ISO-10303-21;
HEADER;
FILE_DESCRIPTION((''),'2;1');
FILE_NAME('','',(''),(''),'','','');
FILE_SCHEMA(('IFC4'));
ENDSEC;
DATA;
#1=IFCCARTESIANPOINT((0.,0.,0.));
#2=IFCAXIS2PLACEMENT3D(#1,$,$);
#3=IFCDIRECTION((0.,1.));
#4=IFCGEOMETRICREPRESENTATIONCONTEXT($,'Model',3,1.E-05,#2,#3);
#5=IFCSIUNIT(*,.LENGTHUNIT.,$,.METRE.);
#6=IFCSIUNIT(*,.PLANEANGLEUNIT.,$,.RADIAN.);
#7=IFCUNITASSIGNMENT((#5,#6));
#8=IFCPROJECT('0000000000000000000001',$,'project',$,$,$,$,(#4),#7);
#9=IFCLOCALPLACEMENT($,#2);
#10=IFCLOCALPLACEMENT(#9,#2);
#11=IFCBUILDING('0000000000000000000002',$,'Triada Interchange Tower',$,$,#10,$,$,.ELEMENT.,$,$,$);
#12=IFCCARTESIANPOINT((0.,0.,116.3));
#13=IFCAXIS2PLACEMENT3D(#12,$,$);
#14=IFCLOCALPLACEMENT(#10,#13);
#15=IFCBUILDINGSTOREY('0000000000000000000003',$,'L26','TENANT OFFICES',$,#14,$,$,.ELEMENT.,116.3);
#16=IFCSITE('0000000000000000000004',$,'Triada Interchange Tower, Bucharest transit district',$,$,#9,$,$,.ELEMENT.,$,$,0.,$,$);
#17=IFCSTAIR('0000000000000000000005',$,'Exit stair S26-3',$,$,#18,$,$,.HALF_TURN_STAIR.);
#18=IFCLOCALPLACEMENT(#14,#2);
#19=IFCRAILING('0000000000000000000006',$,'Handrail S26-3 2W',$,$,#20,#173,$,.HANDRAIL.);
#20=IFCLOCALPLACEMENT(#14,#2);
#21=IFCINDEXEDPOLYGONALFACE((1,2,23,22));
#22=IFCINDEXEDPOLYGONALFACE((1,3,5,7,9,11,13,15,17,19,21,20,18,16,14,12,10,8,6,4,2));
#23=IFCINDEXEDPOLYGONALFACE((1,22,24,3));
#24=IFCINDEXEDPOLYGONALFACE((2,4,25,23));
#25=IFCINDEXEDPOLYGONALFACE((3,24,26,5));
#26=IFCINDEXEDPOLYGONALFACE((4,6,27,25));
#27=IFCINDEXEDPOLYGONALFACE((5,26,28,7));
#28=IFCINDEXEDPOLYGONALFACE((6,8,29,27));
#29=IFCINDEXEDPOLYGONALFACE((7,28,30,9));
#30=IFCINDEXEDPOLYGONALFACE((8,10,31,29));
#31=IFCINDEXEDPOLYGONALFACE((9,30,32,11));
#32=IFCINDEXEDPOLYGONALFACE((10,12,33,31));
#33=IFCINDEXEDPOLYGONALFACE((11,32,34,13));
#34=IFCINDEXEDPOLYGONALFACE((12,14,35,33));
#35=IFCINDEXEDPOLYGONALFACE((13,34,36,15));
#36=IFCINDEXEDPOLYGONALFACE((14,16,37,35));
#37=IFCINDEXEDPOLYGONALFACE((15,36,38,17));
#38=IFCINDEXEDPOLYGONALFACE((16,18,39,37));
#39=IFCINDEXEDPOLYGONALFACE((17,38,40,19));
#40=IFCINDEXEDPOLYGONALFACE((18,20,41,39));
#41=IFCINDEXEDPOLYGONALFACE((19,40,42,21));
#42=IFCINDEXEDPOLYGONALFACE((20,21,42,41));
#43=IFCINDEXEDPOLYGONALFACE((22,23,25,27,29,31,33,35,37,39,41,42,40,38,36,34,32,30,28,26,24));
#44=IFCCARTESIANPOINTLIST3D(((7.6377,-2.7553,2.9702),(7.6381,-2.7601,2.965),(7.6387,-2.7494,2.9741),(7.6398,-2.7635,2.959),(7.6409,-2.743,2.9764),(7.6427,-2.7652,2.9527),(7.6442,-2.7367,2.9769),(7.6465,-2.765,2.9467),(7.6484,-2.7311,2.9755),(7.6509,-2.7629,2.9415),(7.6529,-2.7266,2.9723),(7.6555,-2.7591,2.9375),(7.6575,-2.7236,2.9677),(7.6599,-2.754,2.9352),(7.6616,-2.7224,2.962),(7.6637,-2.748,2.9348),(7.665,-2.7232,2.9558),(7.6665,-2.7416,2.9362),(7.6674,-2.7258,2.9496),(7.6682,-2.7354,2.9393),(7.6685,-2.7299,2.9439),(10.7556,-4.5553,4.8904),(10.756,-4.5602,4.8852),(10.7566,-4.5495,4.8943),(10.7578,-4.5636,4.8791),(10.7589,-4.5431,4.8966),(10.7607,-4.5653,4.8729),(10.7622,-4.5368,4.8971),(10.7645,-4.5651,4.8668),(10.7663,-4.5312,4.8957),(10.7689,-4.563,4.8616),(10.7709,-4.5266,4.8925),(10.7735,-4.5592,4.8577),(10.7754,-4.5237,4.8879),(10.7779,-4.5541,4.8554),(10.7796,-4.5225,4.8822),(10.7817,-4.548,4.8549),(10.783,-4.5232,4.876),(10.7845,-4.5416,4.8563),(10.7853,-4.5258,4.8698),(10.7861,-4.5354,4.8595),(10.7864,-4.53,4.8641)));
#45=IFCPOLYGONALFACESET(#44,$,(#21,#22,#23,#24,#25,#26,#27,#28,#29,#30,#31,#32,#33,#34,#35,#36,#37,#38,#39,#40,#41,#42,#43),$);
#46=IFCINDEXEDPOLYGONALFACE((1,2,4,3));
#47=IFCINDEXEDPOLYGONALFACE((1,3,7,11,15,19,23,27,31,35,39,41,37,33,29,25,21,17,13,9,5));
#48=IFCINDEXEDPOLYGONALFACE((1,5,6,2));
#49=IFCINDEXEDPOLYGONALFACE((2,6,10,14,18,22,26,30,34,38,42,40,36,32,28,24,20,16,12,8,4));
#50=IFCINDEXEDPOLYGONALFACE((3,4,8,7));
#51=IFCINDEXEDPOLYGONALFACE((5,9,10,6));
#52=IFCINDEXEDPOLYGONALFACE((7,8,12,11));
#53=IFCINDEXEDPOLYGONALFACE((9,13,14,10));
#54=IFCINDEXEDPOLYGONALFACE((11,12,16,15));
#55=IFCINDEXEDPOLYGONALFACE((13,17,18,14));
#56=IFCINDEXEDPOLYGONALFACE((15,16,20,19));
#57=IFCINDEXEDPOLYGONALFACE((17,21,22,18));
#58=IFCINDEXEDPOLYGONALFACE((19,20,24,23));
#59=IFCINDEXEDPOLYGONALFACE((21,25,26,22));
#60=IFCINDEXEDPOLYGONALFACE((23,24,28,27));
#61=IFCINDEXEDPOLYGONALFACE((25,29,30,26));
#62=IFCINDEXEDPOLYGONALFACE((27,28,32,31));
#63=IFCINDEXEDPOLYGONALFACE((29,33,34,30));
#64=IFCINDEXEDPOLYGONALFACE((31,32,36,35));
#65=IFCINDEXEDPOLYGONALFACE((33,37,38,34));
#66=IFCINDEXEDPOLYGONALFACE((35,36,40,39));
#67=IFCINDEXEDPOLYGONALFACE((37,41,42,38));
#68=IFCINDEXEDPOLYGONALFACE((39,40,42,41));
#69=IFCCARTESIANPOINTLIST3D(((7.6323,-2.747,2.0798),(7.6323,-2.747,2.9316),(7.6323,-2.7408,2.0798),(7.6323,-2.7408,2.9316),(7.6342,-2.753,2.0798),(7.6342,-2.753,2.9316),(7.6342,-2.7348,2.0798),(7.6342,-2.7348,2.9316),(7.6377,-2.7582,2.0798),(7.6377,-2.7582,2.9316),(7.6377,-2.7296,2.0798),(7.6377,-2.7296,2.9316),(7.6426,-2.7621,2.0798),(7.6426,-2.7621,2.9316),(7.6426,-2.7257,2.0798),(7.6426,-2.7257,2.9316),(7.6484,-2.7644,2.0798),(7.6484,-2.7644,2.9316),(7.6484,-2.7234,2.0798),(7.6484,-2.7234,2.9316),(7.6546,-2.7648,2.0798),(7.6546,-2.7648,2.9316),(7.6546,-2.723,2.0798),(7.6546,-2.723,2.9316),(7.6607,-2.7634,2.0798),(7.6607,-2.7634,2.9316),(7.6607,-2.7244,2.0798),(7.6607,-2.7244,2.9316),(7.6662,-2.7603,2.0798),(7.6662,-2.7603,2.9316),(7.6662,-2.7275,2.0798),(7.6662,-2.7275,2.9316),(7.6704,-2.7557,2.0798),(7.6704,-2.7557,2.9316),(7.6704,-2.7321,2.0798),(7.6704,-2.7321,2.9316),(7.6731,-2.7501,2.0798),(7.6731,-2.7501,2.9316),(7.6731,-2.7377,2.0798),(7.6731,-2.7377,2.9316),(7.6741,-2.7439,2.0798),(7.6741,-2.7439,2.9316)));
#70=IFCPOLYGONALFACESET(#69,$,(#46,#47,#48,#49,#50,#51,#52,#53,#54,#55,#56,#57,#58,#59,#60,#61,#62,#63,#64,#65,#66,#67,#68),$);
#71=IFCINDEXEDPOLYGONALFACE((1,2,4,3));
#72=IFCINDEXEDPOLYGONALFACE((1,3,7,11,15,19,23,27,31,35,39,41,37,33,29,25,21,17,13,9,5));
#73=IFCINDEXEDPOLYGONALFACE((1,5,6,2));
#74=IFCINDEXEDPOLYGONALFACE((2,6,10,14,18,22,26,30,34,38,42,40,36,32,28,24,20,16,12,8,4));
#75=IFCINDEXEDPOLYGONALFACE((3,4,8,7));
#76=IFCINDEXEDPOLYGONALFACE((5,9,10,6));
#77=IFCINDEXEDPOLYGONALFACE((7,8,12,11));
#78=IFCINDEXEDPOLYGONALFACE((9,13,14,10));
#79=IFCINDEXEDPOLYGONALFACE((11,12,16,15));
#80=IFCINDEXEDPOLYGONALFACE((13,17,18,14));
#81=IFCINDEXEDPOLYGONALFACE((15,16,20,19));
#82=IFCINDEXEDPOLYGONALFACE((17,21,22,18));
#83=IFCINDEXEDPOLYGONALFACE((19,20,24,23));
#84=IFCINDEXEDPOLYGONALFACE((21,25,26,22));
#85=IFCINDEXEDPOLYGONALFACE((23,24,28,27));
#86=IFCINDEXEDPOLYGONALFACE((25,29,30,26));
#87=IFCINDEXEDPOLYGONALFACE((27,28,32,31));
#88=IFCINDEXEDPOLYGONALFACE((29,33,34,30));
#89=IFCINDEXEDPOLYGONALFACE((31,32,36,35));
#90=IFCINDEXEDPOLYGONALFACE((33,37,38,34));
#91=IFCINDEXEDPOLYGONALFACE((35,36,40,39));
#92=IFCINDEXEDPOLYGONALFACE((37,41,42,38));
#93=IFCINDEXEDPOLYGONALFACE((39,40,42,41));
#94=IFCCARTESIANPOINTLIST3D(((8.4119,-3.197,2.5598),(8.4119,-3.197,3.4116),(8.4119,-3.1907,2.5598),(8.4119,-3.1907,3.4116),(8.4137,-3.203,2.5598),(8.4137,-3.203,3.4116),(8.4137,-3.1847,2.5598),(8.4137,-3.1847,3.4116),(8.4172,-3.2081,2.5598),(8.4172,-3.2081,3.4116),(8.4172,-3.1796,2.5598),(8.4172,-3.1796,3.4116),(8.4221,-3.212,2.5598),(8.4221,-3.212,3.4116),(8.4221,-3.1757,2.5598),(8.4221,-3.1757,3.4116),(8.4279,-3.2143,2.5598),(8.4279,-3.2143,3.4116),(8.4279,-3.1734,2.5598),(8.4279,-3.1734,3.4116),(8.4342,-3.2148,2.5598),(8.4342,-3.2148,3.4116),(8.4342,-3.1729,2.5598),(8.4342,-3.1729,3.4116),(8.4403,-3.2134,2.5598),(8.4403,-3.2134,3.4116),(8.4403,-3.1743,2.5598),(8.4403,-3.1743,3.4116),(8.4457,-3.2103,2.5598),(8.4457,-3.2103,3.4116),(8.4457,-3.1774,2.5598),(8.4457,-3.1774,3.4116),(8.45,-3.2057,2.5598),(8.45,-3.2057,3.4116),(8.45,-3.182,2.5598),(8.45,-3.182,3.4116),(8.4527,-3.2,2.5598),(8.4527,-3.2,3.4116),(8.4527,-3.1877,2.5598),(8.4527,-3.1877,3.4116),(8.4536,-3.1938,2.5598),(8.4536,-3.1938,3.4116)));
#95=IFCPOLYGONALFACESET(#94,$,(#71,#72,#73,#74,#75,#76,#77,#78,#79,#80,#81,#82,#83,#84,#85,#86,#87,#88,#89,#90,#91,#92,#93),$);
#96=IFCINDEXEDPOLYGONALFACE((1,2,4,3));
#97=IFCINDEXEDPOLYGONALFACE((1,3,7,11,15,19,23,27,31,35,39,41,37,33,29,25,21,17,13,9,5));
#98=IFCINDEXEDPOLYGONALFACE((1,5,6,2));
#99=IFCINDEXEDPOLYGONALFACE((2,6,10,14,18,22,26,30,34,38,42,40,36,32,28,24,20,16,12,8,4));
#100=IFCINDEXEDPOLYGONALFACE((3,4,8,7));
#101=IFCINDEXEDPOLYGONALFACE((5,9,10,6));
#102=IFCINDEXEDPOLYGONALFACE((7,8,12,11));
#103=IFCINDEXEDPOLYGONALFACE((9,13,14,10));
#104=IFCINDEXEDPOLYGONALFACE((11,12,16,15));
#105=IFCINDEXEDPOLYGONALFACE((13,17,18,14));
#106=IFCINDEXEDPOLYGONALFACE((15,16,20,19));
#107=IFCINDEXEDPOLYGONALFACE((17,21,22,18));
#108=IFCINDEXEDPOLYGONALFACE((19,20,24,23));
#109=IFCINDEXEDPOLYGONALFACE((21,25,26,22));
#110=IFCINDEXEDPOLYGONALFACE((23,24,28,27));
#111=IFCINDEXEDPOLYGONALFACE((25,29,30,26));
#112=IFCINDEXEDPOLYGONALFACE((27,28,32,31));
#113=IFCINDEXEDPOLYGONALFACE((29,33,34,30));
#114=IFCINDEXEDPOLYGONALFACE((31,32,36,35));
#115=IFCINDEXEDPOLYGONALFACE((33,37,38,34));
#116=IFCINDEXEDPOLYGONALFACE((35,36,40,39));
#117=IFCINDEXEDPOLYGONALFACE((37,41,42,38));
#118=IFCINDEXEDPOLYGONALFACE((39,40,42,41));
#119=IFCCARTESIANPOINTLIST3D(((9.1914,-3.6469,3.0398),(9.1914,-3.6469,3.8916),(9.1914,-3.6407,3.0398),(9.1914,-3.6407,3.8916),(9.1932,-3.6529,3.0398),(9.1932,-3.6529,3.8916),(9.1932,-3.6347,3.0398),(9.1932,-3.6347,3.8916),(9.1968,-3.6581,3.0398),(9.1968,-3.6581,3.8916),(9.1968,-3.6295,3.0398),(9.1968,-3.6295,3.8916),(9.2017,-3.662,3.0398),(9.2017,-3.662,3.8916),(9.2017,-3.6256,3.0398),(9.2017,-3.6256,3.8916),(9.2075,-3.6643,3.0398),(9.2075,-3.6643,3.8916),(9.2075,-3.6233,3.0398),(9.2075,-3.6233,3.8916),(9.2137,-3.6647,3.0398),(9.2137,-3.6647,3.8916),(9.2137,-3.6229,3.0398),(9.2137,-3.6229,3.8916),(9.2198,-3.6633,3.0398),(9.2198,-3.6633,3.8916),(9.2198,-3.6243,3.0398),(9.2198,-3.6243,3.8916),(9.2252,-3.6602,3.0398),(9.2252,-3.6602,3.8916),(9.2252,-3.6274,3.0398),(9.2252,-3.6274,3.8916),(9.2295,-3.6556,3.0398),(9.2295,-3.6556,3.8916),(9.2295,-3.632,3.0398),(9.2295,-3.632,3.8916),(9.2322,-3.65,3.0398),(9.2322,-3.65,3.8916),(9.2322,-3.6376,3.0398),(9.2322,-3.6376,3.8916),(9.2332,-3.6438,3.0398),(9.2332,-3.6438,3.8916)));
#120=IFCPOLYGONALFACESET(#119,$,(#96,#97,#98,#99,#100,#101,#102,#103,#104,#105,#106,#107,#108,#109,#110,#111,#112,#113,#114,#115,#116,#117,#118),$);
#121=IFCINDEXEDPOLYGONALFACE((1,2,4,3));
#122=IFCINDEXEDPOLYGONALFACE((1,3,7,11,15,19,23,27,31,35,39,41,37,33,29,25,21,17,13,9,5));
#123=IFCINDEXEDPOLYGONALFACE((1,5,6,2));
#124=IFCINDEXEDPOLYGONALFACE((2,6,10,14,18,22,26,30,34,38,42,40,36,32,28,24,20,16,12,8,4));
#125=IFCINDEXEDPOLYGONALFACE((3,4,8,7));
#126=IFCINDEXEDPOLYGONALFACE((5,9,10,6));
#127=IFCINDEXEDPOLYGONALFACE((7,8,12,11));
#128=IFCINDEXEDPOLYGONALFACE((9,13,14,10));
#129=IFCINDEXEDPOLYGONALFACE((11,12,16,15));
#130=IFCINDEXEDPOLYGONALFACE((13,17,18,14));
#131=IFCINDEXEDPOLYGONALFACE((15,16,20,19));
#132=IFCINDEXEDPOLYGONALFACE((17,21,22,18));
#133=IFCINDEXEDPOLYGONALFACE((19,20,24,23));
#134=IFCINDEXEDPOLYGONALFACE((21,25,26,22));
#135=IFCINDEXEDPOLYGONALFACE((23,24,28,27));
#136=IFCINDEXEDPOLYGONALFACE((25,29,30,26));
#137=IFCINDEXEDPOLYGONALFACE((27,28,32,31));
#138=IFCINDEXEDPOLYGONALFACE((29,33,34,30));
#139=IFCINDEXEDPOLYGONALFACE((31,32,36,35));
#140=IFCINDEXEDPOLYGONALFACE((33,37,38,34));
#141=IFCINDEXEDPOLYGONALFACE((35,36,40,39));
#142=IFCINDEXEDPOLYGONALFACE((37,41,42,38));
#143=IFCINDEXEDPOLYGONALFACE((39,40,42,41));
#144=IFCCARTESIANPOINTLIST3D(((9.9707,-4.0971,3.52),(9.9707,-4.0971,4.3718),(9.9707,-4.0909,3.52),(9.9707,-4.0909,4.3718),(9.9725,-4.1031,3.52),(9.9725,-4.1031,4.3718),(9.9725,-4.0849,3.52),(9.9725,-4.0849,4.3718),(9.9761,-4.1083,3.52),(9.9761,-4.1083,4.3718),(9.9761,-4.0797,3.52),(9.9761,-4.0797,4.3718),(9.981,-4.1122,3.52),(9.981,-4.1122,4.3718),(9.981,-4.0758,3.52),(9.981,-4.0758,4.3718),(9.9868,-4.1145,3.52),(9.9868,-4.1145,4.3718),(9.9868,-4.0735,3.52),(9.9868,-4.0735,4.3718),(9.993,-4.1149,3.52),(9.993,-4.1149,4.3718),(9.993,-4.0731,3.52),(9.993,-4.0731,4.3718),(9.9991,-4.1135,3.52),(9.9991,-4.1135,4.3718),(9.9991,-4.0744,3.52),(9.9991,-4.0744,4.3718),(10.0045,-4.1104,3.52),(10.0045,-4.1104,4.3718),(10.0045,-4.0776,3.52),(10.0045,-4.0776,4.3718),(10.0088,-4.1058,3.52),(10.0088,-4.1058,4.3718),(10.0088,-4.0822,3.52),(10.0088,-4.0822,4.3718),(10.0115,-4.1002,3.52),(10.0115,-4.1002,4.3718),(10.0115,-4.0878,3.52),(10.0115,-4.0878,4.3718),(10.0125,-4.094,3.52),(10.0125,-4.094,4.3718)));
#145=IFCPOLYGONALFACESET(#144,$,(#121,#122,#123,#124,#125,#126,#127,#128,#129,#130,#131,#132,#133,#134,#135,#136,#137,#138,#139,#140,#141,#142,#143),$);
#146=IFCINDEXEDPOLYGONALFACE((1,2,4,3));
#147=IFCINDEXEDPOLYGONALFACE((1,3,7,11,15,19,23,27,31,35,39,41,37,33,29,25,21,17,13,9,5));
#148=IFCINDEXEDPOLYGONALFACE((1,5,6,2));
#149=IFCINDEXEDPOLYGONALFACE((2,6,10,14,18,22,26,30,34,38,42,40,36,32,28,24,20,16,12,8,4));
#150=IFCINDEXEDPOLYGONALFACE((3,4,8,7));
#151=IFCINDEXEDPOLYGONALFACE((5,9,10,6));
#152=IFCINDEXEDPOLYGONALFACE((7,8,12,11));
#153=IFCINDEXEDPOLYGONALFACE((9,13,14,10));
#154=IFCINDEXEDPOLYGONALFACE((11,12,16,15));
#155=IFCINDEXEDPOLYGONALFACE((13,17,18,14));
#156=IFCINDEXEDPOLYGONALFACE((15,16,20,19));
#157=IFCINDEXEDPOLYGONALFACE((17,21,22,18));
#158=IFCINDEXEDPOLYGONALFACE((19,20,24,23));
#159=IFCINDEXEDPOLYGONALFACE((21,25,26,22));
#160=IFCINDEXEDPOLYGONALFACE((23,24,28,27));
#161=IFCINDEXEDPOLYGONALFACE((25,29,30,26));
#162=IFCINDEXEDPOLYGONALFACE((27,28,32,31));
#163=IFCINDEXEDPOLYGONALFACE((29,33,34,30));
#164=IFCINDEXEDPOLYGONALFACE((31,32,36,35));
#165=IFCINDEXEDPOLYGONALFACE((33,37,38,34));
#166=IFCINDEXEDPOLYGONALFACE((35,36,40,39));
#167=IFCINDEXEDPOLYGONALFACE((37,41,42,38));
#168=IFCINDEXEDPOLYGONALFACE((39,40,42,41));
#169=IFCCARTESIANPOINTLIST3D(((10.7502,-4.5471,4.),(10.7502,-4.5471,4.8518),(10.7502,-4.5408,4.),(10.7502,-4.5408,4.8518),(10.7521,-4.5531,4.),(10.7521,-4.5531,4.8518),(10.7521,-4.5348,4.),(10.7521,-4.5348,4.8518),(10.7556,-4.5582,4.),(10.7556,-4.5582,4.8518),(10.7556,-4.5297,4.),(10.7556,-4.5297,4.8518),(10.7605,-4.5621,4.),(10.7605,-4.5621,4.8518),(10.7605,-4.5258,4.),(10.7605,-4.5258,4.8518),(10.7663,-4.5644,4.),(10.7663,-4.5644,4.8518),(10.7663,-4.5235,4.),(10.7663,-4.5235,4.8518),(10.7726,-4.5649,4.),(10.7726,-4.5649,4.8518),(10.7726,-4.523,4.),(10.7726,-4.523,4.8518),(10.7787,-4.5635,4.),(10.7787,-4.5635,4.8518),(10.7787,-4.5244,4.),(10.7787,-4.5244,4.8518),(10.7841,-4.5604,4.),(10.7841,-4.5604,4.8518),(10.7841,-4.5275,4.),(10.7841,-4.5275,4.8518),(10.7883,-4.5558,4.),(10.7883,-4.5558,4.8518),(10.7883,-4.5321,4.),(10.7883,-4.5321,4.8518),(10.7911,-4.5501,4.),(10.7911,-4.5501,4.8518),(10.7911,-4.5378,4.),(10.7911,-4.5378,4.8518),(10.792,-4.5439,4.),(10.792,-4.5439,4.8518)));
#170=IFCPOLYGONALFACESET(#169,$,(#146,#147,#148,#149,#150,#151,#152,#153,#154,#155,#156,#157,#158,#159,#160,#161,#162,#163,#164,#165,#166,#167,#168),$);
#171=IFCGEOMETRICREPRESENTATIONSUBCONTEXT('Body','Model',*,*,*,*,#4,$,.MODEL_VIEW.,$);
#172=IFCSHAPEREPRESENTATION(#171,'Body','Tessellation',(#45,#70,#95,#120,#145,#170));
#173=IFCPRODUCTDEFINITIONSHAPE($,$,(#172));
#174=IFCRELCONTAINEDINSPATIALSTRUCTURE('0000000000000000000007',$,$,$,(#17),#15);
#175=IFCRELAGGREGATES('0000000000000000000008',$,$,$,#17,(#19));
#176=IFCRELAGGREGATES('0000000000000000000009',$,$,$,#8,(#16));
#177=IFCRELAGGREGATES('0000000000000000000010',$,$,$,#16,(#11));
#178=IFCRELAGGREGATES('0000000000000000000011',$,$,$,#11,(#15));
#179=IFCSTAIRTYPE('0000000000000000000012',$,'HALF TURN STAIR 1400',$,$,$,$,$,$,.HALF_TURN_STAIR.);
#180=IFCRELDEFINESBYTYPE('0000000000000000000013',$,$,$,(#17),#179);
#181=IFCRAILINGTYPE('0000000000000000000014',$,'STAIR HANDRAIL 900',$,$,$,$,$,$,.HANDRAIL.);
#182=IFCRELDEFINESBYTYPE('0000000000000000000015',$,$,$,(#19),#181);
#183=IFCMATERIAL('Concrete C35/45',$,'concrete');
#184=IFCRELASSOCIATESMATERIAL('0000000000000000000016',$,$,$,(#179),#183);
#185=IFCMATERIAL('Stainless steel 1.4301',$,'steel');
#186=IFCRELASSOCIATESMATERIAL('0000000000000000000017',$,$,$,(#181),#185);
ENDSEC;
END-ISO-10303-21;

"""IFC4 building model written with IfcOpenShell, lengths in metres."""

from ifc_helpers import new_model, si_unit, direction, frame, origin, origin_2d, place, context, subcontext, project, spatial, circle, extrude, material, type_object, element, aggregate, save


model = new_model("IFC4")

# Units and contexts
model_context = context("Model", 3, precision=1e-05, world=origin(), true_north=direction((0.0, 1.0)))
body_context = subcontext(model_context, "Body", "Model", "MODEL_VIEW")
ifc_project = project(units=[si_unit("LENGTHUNIT", "METRE"), si_unit("PLANEANGLEUNIT", "RADIAN")], contexts=[model_context])

# Site, building, storey
site_placement = place(None, origin())
site = spatial("IfcSite", under=ifc_project, at=site_placement, Name="Triada Interchange Tower, Bucharest transit district", CompositionType="ELEMENT", RefElevation=0.0)
building_placement = place(site_placement, origin())
building = spatial("IfcBuilding", under=site, at=building_placement, Name="Triada Interchange Tower", CompositionType="ELEMENT")
storey_placement = place(building_placement, frame((0.0, 0.0, 116.3)))
storey = spatial("IfcBuildingStorey", under=building, at=storey_placement, Name="L26", Description="TENANT OFFICES", CompositionType="ELEMENT", Elevation=116.3)

# Stair, railing
ifc_material_1 = material(Name="Concrete C35/45", Category="concrete")
stair_type = type_object("IfcStairType", Name="HALF TURN STAIR 1400", PredefinedType="HALF_TURN_STAIR", material=ifc_material_1)
stair_placement = place(storey_placement, origin())
stair = element("IfcStair", 1, at=stair_placement, inside=storey, type_object=stair_type, Name="Exit stair S26-3", PredefinedType="HALF_TURN_STAIR")
ifc_material_2 = material(Name="Stainless steel 1.4301", Category="steel")
railing_type = type_object("IfcRailingType", Name="STAIR HANDRAIL 900", PredefinedType="HANDRAIL", material=ifc_material_2)
railing_1_placement = place(storey_placement, frame((7.6531, -2.7439, 2.0798)))
railing_1 = element("IfcRailing", 2, at=railing_1_placement, type_object=railing_type, Name="Handrail S26-3 2W", PredefinedType="HANDRAIL", context=body_context, shape_type="SweptSolid", body=[
    extrude(circle(Radius=0.0239, at=origin_2d()), frame((0.0, 0.0, 0.876), z_axis=(0.764145, -0.441159, 0.470597), x_axis=(0.499983, 0.866035, 0.0)), (0.0, 0.0, 1.0), 4.0803),
    extrude(circle(Radius=0.021, at=origin_2d()), origin(), (0.0, 0.0, 1.0), 0.8518),
    extrude(circle(Radius=0.021, at=origin_2d()), frame((0.7795, -0.45, 0.48)), (0.0, 0.0, 1.0), 0.8518),
    extrude(circle(Radius=0.021, at=origin_2d()), frame((1.5591, -0.8999, 0.96)), (0.0, 0.0, 1.0), 0.8518),
    extrude(circle(Radius=0.021, at=origin_2d()), frame((2.3384, -1.3501, 1.4402)), (0.0, 0.0, 1.0), 0.8518),
    extrude(circle(Radius=0.021, at=origin_2d()), frame((3.1179, -1.8, 1.9202)), (0.0, 0.0, 1.0), 0.8518),
])
aggregate(stair, [railing_1])

save(model, "model.ifc")
